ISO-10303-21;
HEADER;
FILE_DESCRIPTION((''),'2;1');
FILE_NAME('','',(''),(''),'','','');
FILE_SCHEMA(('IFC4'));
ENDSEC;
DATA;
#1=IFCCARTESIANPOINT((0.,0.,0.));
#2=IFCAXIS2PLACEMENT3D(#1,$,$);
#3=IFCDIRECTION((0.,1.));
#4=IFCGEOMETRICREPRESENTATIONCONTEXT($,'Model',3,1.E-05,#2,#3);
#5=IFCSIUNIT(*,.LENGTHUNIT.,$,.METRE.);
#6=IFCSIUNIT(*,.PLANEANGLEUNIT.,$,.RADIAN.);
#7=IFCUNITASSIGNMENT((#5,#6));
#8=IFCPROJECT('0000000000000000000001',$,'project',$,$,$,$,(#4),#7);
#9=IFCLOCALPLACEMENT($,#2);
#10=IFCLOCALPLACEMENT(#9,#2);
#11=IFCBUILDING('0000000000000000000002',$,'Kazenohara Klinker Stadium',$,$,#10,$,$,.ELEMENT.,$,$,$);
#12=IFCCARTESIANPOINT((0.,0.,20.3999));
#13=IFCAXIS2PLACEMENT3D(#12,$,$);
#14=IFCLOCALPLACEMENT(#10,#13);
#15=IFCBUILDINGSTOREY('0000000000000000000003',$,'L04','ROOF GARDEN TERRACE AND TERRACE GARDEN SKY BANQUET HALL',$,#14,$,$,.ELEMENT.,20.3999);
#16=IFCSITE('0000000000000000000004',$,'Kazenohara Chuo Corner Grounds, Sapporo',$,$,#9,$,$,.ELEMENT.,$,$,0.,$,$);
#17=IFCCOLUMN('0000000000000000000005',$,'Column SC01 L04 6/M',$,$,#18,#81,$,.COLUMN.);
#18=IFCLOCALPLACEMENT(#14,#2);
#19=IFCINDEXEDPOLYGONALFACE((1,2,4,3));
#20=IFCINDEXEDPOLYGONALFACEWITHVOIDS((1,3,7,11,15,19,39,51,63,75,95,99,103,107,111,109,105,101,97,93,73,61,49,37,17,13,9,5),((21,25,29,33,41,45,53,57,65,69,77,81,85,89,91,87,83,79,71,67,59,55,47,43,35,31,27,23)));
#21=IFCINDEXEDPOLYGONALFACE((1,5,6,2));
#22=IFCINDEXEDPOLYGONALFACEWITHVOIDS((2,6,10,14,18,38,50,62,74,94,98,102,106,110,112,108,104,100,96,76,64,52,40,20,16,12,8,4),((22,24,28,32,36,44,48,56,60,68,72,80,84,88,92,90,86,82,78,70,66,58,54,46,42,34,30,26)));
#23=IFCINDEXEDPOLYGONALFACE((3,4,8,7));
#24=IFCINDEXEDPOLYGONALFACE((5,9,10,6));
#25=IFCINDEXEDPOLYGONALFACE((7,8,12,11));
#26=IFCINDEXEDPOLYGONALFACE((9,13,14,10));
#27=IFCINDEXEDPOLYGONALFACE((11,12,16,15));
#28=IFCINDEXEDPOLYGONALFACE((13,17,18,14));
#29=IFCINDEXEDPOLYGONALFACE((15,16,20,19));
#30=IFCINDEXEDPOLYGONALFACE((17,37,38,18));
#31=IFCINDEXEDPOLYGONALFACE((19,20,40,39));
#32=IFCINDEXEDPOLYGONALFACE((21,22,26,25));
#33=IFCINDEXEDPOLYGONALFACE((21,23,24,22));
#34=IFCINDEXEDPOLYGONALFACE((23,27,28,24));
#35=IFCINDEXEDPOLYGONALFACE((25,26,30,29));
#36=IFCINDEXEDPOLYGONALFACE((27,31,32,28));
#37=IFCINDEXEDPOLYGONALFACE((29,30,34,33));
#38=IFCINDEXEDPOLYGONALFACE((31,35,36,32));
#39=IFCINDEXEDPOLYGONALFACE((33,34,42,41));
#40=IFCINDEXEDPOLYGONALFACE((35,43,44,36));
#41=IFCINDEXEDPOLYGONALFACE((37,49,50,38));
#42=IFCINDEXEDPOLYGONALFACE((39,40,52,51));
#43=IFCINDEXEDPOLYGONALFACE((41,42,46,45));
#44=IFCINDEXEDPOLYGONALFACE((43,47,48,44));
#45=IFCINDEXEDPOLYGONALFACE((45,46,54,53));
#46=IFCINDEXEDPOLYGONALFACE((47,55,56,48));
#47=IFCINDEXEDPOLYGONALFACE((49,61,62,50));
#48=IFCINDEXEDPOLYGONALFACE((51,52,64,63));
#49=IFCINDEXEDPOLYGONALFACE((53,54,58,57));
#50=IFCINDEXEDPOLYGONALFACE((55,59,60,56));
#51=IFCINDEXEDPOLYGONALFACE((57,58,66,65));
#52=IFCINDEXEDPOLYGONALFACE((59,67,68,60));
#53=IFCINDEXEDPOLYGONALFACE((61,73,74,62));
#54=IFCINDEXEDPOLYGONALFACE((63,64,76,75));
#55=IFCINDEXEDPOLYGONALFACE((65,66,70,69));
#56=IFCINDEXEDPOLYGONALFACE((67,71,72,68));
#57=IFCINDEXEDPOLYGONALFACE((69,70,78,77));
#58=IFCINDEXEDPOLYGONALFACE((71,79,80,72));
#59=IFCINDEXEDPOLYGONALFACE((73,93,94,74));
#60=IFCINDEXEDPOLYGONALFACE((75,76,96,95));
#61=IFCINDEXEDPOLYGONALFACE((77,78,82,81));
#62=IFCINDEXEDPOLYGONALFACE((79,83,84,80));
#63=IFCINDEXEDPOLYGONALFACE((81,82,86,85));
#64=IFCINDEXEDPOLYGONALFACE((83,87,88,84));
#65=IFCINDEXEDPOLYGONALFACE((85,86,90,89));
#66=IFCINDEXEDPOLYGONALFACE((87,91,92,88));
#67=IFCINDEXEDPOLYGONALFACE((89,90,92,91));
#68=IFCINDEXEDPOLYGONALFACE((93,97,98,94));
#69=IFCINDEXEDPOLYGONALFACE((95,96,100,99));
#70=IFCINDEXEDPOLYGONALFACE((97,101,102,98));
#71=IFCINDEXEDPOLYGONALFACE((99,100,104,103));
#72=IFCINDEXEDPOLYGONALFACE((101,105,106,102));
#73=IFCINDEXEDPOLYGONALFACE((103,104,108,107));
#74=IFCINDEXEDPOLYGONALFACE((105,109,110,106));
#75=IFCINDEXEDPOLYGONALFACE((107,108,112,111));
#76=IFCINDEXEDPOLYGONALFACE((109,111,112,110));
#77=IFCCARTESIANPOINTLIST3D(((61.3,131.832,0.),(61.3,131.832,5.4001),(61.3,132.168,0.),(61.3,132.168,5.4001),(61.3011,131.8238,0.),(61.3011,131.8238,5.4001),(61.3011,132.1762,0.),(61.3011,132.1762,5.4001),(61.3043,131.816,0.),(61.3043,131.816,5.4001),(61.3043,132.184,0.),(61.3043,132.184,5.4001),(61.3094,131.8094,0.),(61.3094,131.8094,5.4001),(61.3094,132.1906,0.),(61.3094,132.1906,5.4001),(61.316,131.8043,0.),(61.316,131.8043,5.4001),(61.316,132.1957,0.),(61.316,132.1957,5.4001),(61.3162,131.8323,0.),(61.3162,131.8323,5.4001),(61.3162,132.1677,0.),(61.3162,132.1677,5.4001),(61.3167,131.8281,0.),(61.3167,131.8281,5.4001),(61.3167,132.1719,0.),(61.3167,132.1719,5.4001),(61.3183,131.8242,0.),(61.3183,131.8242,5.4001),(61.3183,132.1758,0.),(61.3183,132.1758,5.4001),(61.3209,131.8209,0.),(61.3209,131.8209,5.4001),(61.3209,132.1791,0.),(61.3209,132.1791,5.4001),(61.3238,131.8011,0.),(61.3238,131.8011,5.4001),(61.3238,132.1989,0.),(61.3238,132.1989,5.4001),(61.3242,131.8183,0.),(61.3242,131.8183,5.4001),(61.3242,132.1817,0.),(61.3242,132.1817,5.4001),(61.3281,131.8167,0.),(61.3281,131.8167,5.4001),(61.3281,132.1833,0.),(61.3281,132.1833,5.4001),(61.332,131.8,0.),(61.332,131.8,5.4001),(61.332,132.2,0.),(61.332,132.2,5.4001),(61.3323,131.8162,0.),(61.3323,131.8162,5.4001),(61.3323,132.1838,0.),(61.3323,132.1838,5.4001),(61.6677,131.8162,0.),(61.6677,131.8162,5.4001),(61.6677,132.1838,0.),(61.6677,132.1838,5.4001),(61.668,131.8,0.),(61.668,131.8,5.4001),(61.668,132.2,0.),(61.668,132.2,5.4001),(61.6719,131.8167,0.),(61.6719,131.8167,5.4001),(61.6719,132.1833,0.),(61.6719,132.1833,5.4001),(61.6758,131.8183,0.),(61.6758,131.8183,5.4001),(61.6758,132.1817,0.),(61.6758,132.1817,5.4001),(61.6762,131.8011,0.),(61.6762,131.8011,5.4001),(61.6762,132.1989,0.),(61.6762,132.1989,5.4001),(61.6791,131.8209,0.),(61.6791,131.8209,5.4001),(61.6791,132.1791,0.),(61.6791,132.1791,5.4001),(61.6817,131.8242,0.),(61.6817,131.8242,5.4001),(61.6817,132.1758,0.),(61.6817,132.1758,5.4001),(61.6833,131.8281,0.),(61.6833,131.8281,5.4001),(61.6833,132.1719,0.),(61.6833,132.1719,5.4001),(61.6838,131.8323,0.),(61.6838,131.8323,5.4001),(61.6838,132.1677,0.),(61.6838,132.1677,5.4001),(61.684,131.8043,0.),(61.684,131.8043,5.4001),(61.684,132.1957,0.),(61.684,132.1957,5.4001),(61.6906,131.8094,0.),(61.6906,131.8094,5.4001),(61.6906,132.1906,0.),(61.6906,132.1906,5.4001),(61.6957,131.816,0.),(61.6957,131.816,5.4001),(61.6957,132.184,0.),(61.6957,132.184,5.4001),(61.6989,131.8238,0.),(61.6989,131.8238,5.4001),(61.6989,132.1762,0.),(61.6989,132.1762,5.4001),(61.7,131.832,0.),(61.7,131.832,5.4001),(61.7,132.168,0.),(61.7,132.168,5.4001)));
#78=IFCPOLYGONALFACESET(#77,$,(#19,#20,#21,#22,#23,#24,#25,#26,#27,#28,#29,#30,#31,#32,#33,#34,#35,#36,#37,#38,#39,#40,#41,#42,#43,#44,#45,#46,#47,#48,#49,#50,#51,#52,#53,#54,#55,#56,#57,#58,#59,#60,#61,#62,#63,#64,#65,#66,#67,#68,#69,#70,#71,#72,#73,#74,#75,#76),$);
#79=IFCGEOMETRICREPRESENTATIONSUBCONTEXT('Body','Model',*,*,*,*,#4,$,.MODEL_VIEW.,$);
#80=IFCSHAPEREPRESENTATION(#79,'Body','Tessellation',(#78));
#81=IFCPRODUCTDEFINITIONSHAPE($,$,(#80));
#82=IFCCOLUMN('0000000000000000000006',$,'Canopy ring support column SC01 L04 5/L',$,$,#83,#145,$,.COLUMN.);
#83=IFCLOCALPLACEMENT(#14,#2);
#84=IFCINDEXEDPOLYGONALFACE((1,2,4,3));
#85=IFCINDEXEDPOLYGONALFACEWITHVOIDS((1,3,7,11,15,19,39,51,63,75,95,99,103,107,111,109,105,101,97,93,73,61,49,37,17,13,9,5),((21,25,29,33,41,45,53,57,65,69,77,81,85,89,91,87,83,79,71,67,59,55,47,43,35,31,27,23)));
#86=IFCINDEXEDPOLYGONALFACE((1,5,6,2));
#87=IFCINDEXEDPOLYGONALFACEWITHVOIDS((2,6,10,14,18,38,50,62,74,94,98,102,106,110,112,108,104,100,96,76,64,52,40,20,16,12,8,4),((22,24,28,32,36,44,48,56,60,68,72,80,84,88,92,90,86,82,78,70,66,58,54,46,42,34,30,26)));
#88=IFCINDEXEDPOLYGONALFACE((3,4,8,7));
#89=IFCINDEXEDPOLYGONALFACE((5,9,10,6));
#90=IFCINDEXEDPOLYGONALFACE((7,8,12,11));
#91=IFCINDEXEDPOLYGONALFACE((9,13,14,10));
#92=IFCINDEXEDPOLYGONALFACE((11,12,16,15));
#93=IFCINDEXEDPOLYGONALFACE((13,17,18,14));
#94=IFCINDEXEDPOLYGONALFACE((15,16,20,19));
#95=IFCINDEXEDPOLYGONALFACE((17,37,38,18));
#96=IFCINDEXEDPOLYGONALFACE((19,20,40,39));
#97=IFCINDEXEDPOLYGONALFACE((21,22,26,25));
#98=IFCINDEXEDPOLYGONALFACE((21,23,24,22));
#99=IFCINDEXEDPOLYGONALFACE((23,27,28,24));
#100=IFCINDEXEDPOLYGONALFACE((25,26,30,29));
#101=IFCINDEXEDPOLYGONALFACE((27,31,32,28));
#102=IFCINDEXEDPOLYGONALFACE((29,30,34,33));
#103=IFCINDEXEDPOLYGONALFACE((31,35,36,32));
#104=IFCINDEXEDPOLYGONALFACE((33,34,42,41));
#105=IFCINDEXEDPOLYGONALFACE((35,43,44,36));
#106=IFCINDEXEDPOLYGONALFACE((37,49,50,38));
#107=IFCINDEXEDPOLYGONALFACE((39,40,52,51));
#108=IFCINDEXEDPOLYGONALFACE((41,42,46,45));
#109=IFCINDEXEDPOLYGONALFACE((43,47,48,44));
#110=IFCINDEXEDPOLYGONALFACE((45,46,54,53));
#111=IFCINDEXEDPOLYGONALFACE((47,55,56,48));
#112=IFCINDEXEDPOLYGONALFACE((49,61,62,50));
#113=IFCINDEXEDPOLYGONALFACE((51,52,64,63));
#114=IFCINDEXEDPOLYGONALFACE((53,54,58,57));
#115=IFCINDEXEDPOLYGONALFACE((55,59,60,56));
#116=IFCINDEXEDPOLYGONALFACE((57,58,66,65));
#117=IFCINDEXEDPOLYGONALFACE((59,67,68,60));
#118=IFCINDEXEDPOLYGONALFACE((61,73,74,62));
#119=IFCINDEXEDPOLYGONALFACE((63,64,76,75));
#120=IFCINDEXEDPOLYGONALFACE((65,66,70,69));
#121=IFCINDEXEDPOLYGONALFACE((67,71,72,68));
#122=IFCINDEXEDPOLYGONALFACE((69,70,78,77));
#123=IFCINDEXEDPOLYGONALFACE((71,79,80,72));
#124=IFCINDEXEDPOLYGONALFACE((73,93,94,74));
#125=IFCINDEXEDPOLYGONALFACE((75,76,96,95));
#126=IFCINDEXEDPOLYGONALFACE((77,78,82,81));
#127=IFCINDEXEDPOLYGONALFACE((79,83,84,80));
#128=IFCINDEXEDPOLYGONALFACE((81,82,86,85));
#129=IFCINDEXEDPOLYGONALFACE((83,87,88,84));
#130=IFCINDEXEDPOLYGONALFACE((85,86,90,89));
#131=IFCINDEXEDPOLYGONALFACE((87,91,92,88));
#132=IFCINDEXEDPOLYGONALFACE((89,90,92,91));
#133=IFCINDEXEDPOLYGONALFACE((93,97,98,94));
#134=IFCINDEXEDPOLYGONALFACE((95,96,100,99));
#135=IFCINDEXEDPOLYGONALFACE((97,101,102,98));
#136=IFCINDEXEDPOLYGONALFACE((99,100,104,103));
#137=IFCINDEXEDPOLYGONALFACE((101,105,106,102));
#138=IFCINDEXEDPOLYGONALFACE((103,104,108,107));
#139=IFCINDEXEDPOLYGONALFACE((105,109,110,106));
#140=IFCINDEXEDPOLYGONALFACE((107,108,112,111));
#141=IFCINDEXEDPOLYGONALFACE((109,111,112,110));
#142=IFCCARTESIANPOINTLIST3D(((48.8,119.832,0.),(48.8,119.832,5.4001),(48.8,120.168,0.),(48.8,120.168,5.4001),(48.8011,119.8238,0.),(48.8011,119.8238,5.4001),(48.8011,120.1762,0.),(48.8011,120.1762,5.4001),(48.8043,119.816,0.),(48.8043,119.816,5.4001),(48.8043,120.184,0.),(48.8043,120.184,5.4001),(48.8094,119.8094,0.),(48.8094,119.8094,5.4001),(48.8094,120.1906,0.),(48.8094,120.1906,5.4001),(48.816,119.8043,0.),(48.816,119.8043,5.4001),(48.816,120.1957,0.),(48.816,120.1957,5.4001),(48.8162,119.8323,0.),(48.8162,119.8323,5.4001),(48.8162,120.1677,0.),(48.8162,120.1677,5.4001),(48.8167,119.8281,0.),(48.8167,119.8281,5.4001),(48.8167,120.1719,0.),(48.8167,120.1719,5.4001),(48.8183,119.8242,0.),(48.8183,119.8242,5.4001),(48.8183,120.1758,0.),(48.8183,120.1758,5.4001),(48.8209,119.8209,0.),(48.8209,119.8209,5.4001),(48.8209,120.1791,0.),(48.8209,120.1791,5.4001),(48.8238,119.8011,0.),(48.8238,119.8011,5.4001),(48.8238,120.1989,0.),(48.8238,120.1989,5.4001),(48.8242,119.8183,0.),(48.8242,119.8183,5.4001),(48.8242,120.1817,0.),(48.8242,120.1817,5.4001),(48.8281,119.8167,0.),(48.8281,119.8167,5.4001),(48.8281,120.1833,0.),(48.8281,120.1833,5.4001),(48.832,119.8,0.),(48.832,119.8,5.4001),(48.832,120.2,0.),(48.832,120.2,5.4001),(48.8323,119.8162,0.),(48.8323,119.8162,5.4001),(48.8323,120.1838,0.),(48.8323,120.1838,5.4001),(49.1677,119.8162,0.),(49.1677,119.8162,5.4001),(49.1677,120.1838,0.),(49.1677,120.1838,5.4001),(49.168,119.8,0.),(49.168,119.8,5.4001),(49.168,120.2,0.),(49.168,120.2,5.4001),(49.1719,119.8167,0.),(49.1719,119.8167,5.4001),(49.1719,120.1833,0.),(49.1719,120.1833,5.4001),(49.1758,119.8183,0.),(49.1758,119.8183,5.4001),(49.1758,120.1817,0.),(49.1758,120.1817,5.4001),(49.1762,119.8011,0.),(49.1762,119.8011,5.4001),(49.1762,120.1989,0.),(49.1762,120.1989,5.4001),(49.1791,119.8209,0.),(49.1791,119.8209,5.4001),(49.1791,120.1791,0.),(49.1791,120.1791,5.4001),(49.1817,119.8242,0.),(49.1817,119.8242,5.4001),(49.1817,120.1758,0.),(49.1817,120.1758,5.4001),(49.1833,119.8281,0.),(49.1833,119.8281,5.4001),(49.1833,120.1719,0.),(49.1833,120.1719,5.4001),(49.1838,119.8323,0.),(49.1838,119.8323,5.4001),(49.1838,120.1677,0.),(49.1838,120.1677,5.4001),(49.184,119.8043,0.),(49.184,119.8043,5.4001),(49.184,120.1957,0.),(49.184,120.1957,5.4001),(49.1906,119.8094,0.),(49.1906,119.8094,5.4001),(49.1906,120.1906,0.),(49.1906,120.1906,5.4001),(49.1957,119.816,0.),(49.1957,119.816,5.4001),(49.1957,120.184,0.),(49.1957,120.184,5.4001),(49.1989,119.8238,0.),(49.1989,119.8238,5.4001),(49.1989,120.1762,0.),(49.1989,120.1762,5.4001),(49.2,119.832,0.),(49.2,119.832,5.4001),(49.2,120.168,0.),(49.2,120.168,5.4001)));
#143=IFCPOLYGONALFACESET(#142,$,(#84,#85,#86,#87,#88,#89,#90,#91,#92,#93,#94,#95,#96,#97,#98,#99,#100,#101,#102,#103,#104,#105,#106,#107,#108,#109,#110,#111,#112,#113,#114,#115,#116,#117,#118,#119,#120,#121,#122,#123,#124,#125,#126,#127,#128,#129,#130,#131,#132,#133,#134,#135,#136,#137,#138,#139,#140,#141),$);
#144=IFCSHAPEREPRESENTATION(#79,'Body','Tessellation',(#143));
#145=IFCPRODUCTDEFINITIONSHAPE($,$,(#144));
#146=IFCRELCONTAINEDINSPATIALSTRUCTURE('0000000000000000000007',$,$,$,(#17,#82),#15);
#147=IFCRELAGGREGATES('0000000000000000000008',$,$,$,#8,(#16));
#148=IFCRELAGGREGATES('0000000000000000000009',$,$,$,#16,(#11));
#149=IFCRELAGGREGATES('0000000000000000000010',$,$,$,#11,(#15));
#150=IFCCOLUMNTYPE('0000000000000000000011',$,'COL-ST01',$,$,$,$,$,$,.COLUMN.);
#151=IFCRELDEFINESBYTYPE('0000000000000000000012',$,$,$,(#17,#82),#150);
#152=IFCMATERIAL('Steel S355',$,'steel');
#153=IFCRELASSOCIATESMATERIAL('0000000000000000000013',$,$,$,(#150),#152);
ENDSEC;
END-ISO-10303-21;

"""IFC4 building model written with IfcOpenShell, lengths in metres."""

from ifc_helpers import new_model, si_unit, direction, frame, origin, origin_2d, place, context, subcontext, project, spatial, hollow_rectangle, extrude, material, material_profile, profile_set, type_object, element, save


model = new_model("IFC4")

# Units and contexts
model_context = context("Model", 3, precision=1e-05, world=origin(), true_north=direction((0.0, 1.0)))
body_context = subcontext(model_context, "Body", "Model", "MODEL_VIEW")
ifc_project = project(units=[si_unit("LENGTHUNIT", "METRE"), si_unit("PLANEANGLEUNIT", "RADIAN")], contexts=[model_context])

# Site, building, storey
site_placement = place(None, origin())
site = spatial("IfcSite", under=ifc_project, at=site_placement, Name="Kazenohara Chuo Corner Grounds, Sapporo", CompositionType="ELEMENT", RefElevation=0.0)
building_placement = place(site_placement, origin())
building = spatial("IfcBuilding", under=site, at=building_placement, Name="Kazenohara Klinker Stadium", CompositionType="ELEMENT")
storey_placement = place(building_placement, frame((0.0, 0.0, 20.3999)))
storey = spatial("IfcBuildingStorey", under=building, at=storey_placement, Name="L04", Description="ROOF GARDEN TERRACE AND TERRACE GARDEN SKY BANQUET HALL", CompositionType="ELEMENT", Elevation=20.3999)

# Columns
ifc_material_1 = material(Name="Steel S355", Category="steel")
ifc_material_profile_1 = material_profile(ifc_material_1, hollow_rectangle(XDim=0.3999, YDim=0.3999, WallThickness=0.0161, InnerFilletRadius=0.0161, OuterFilletRadius=0.032, at=origin_2d()), Name="SHS-400x400x16")
ifc_profile_set_1 = profile_set([ifc_material_profile_1], Name="Steel S355")
column_type_1 = type_object("IfcColumnType", Name="COL-ST01", PredefinedType="COLUMN", material=ifc_profile_set_1)
for number, where, z_axis, x_axis, name in (
    (1, (61.5, 132.0, 0.0), (0.0, 0.0, 1.0), (1.0, 0.0, 0.0), "Column SC01 L04 6/M"),
    (2, (49.0, 120.0, 0.0), (0.0, 0.0, 1.0), (1.0, 0.0, 0.0), "Canopy ring support column SC01 L04 5/L"),
):
    element("IfcColumn", number, at=place(storey_placement, frame(where, z_axis=z_axis, x_axis=x_axis)), inside=storey, type_object=column_type_1, Name=name, PredefinedType="COLUMN", context=body_context, shape_type="SweptSolid", body=[
        extrude(hollow_rectangle(XDim=0.3999, YDim=0.3999, WallThickness=0.0161, InnerFilletRadius=0.0161, OuterFilletRadius=0.032, at=origin_2d()), origin(), (0.0, 0.0, 1.0), 5.4001),
    ])

save(model, "model.ifc")
